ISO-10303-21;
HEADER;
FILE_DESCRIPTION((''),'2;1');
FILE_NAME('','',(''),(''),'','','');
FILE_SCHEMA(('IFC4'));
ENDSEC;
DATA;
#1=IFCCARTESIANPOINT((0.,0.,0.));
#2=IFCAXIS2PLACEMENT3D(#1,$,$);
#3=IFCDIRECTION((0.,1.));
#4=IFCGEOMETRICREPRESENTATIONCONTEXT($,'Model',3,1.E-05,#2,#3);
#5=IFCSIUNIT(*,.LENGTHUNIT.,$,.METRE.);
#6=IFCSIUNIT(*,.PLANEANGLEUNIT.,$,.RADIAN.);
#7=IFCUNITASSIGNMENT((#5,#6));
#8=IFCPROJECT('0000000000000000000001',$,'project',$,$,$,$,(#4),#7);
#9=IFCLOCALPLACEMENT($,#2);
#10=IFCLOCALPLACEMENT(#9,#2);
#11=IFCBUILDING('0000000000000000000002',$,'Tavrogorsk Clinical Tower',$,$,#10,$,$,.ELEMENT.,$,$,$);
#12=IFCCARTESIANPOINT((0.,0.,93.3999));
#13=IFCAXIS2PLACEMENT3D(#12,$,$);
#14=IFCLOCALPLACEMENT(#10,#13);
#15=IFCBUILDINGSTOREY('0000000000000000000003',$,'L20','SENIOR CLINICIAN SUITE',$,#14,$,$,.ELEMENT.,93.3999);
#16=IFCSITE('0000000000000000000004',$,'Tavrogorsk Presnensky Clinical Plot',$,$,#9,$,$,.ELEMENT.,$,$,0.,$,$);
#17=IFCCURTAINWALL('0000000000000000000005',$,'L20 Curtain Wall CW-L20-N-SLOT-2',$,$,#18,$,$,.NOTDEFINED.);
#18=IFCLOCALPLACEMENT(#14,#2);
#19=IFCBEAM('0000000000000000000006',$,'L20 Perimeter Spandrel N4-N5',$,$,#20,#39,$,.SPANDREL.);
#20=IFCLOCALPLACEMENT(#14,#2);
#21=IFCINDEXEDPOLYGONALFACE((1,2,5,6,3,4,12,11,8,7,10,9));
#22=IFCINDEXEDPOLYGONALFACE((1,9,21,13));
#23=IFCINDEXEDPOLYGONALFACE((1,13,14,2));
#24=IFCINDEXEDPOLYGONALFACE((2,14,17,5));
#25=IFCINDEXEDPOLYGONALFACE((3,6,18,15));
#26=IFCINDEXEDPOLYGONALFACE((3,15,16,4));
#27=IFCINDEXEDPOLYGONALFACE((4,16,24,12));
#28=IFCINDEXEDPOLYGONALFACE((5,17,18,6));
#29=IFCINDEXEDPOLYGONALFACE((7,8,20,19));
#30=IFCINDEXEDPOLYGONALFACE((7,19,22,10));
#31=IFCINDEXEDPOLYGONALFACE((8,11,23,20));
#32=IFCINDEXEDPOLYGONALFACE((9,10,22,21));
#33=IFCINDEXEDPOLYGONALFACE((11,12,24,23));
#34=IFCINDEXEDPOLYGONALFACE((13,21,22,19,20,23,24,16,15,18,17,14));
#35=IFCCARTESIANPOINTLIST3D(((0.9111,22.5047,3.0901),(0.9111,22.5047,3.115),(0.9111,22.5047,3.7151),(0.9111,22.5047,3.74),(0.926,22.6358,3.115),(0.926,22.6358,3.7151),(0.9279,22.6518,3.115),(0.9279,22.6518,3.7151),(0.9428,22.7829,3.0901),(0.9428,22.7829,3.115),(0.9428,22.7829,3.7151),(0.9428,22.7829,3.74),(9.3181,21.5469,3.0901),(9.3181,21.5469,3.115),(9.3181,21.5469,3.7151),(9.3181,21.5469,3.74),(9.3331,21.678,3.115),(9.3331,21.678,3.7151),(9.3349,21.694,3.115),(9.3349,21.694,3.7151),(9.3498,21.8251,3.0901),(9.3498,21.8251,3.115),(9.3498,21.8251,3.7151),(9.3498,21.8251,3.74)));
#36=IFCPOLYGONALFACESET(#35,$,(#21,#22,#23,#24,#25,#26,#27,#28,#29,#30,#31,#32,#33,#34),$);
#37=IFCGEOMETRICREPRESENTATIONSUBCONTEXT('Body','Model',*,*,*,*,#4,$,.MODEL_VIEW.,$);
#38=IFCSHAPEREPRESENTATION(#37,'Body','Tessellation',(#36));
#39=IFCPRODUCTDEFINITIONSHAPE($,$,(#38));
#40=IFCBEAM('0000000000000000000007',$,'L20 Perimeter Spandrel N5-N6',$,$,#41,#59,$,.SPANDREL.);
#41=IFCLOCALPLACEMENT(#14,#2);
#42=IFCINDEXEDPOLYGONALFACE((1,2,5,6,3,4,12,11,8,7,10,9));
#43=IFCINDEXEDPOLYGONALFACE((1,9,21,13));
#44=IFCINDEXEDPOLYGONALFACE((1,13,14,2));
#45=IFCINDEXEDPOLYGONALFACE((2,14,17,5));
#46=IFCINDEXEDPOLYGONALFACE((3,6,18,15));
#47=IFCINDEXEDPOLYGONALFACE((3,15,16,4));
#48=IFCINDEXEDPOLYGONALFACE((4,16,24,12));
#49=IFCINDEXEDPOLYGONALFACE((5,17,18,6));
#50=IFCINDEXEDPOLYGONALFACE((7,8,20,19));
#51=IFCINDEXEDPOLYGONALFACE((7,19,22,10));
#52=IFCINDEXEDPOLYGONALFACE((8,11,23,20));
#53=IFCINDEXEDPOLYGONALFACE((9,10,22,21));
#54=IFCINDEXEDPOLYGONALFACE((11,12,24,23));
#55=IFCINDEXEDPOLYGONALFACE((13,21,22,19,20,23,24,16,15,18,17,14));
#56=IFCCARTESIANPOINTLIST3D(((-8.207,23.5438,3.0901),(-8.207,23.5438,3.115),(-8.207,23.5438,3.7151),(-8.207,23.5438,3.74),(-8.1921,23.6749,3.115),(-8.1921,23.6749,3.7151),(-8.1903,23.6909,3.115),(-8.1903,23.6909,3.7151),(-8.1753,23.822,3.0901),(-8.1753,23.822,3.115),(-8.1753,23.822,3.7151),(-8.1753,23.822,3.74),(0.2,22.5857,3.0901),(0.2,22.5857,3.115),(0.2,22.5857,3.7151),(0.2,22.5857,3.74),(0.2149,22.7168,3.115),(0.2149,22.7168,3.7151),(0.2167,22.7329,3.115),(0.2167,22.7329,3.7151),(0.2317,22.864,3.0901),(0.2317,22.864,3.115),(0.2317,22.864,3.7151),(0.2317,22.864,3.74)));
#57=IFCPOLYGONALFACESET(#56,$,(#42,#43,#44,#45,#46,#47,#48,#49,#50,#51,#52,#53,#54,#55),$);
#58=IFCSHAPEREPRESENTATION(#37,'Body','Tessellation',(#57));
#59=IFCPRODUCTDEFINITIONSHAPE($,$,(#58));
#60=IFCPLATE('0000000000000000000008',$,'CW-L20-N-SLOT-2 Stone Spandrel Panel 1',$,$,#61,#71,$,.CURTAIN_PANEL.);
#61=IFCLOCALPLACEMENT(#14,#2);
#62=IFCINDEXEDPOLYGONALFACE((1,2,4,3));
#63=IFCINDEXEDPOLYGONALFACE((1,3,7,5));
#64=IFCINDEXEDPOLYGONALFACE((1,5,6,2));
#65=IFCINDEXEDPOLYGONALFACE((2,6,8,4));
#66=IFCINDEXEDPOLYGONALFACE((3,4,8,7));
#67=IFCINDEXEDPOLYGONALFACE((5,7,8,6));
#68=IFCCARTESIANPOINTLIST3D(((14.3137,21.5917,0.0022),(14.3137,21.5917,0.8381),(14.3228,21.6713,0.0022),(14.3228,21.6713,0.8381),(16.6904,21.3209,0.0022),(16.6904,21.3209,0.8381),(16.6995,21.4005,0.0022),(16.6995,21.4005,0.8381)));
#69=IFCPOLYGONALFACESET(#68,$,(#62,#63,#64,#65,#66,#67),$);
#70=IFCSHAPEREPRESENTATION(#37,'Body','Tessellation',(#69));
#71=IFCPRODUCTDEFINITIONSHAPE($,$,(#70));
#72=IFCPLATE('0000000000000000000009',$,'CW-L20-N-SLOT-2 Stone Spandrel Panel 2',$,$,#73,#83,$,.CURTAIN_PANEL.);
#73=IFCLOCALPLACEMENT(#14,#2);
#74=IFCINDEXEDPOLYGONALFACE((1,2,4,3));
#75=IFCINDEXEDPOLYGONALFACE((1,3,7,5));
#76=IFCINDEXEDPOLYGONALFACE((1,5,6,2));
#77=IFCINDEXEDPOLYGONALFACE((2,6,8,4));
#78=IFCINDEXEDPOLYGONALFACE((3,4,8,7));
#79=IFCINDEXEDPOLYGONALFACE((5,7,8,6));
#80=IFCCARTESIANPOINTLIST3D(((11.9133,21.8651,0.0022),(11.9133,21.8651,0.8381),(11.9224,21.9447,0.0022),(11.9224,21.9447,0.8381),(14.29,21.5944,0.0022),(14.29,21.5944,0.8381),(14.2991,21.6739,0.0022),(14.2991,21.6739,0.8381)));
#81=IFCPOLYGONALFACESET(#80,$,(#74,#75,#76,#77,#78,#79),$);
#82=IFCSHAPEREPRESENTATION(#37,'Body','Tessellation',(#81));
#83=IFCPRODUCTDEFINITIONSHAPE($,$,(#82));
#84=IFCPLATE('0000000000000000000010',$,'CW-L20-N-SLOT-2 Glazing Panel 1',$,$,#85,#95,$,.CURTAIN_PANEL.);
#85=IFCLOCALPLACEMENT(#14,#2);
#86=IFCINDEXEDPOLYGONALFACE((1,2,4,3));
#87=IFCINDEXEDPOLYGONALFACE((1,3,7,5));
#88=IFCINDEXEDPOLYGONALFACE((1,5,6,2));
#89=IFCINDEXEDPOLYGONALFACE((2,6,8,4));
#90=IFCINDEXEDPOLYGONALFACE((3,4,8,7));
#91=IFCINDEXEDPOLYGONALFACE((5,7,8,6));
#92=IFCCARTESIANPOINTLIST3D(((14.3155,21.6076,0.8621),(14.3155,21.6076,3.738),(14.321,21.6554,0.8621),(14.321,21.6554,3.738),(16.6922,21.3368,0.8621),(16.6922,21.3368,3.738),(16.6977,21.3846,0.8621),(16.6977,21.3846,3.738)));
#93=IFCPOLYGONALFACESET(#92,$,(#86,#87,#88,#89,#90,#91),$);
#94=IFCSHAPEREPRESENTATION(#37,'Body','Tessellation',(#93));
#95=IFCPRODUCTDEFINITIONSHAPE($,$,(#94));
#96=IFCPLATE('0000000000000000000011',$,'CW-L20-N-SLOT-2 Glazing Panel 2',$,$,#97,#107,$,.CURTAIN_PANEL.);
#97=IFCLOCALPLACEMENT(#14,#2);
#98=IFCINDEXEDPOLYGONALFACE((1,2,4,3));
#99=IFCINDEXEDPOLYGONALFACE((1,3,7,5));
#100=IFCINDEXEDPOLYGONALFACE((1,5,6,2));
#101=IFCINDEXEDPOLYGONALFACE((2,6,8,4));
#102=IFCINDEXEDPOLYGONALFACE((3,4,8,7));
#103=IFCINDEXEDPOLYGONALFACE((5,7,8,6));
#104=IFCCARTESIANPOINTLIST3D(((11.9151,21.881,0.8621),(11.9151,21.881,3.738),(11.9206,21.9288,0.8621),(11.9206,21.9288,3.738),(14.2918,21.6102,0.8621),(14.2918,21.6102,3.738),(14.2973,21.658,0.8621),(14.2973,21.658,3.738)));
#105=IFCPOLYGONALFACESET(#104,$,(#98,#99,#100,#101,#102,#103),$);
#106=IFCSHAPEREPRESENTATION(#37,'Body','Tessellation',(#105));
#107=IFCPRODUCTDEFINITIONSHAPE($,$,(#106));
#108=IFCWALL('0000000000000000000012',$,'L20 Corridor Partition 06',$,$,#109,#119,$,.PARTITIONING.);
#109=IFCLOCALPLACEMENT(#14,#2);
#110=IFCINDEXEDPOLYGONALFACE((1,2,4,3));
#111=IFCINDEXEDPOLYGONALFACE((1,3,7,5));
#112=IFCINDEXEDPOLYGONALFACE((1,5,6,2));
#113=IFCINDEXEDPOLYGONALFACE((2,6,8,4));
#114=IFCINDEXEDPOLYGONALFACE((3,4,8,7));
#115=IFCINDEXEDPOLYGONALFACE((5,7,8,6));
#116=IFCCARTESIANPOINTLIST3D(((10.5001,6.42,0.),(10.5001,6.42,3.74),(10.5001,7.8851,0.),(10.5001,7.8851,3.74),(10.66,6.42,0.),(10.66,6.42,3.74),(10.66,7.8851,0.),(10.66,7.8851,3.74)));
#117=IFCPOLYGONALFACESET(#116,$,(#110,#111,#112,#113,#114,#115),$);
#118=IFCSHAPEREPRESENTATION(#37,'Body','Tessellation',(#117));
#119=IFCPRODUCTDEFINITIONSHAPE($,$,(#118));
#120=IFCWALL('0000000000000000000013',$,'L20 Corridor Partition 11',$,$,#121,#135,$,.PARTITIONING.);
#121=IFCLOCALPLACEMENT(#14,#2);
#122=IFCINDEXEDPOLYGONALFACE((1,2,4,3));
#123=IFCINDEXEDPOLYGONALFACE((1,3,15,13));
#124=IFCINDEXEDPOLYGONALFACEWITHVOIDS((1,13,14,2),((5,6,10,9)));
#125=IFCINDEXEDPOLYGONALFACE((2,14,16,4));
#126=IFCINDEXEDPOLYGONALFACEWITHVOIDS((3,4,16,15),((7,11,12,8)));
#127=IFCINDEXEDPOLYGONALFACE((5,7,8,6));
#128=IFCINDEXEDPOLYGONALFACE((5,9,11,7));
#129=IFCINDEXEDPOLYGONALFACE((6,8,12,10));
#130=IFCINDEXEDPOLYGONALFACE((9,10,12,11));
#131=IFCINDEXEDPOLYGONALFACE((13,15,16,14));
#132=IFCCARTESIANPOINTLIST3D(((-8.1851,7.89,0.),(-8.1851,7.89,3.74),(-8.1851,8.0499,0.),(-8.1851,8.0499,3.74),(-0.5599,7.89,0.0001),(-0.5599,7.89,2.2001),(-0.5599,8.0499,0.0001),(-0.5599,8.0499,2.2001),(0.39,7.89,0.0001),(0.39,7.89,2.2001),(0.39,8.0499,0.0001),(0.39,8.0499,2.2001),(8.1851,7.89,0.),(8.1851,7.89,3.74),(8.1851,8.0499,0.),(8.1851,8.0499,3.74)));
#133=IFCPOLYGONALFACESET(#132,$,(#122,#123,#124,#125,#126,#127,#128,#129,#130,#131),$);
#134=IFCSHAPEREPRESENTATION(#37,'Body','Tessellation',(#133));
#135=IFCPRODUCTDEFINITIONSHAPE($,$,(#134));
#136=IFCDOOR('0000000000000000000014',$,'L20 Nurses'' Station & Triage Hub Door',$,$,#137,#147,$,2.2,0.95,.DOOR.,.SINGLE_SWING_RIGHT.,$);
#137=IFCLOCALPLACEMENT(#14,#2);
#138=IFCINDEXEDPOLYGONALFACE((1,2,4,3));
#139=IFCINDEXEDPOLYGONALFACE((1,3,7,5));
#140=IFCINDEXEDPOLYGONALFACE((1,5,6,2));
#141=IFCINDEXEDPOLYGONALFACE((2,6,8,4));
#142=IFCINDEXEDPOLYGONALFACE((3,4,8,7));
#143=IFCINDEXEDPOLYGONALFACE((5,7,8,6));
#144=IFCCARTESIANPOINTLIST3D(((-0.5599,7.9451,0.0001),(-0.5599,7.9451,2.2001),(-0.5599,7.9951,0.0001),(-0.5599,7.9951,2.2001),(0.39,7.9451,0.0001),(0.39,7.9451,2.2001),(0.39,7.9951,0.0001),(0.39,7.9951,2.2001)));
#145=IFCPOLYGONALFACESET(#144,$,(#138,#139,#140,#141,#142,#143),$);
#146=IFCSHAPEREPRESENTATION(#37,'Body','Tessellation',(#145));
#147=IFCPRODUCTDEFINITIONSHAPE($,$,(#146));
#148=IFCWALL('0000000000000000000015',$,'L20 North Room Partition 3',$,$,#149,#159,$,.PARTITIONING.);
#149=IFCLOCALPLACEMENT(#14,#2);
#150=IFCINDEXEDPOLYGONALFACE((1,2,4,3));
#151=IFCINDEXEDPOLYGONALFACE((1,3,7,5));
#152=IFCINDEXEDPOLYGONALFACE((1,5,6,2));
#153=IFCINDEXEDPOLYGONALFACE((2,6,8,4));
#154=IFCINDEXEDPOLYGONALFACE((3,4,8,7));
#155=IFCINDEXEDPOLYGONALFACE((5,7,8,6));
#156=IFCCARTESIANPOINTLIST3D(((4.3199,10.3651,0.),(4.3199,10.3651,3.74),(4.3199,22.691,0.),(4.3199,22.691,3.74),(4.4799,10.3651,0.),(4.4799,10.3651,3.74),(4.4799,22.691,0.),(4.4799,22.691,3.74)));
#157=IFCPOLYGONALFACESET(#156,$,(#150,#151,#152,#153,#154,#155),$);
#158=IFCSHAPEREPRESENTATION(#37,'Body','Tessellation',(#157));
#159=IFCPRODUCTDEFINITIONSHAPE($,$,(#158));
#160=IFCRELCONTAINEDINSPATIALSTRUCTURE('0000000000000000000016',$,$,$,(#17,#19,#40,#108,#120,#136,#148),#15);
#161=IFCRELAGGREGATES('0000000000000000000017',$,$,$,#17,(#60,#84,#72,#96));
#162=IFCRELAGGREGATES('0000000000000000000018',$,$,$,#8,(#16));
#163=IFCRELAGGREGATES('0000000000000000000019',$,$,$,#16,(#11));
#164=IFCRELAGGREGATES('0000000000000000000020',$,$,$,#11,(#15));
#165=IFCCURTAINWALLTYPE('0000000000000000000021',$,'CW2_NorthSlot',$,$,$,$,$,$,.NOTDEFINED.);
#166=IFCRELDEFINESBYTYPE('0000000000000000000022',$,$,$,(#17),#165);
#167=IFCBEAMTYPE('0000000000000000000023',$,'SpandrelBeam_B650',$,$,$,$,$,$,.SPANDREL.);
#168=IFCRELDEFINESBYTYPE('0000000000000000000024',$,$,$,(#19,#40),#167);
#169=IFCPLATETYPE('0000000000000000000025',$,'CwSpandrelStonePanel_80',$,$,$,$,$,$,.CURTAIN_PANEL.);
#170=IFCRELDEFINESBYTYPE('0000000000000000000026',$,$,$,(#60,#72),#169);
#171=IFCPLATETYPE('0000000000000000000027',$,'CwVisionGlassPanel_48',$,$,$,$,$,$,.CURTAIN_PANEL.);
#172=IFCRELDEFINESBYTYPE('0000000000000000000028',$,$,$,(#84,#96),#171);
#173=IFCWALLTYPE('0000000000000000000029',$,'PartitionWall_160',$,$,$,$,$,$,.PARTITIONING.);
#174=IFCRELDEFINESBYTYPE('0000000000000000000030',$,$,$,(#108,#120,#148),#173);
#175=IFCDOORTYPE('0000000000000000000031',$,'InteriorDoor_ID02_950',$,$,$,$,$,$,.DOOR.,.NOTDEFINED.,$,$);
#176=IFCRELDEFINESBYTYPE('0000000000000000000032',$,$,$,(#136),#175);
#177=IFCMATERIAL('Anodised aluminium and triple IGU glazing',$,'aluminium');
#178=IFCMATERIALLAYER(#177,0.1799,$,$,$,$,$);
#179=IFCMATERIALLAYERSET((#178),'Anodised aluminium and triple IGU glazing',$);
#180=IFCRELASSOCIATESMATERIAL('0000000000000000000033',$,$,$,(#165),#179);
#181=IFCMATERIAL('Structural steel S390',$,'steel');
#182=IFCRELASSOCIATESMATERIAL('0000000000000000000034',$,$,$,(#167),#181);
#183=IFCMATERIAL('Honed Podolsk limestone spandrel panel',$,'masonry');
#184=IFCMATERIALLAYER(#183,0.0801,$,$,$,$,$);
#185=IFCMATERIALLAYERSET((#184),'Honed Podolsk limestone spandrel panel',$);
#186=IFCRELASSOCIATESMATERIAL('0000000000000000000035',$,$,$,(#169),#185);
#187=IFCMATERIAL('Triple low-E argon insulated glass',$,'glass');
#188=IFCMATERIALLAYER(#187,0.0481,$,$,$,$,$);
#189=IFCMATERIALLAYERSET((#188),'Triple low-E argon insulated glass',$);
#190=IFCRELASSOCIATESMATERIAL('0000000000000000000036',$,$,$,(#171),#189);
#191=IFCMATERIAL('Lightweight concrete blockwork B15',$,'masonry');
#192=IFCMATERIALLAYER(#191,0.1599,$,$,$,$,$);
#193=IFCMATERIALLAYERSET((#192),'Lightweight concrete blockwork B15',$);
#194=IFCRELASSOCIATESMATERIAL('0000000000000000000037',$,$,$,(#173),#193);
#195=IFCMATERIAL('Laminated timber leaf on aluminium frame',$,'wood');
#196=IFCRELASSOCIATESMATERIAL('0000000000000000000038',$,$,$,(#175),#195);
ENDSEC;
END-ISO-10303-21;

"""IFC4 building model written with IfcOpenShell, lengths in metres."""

from ifc_helpers import new_model, si_unit, direction, frame, frame_2d, origin, origin_2d, place, context, subcontext, project, spatial, rectangle, i_section, extrude, material, layer, layer_set, material_profile, profile_set, type_object, element, fill, aggregate, save


model = new_model("IFC4")

# Units and contexts
model_context = context("Model", 3, precision=1e-05, world=origin(), true_north=direction((0.0, 1.0)))
body_context = subcontext(model_context, "Body", "Model", "MODEL_VIEW")
ifc_project = project(units=[si_unit("LENGTHUNIT", "METRE"), si_unit("PLANEANGLEUNIT", "RADIAN")], contexts=[model_context])

# Site, building, storey
site_placement = place(None, origin())
site = spatial("IfcSite", under=ifc_project, at=site_placement, Name="Tavrogorsk Presnensky Clinical Plot", CompositionType="ELEMENT", RefElevation=0.0)
building_placement = place(site_placement, origin())
building = spatial("IfcBuilding", under=site, at=building_placement, Name="Tavrogorsk Clinical Tower", CompositionType="ELEMENT")
storey_placement = place(building_placement, frame((0.0, 0.0, 93.3999)))
storey = spatial("IfcBuildingStorey", under=building, at=storey_placement, Name="L20", Description="SENIOR CLINICIAN SUITE", CompositionType="ELEMENT", Elevation=93.3999)

# Curtain wall
ifc_material_1 = material(Name="Anodised aluminium and triple IGU glazing", Category="aluminium")
ifc_layer_1 = layer(ifc_material_1, 0.1799)
ifc_layer_set_1 = layer_set([ifc_layer_1], Name="Anodised aluminium and triple IGU glazing")
curtain_wall_type = type_object("IfcCurtainWallType", Name="CW2_NorthSlot", PredefinedType="NOTDEFINED", material=ifc_layer_set_1)
curtain_wall_1_placement = place(storey_placement, origin())
curtain_wall_1 = element("IfcCurtainWall", 1, at=curtain_wall_1_placement, inside=storey, type_object=curtain_wall_type, Name="L20 Curtain Wall CW-L20-N-SLOT-2", PredefinedType="NOTDEFINED")

# Beams
ifc_material_2 = material(Name="Structural steel S390", Category="steel")
ifc_material_profile_1 = material_profile(ifc_material_2, i_section(OverallWidth=0.28, OverallDepth=0.6499, WebThickness=0.0161, FlangeThickness=0.0249, at=origin_2d()), Name="B-650x280x16x25")
ifc_profile_set_1 = profile_set([ifc_material_profile_1], Name="Structural steel S390")
beam_type_1 = type_object("IfcBeamType", Name="SpandrelBeam_B650", PredefinedType="SPANDREL", material=ifc_profile_set_1)
for number, where, z_axis, x_axis, name in (
    (2, (9.334, 21.686, 3.415), (-0.993573, 0.113193, 0.0), (-0.113193, -0.993573, 0.0), "L20 Perimeter Spandrel N4-N5"),
    (3, (0.2158, 22.7249, 3.415), (-0.99357, 0.113221, 0.0), (-0.113221, -0.99357, 0.0), "L20 Perimeter Spandrel N5-N6"),
):
    element("IfcBeam", number, at=place(storey_placement, frame(where, z_axis=z_axis, x_axis=x_axis)), inside=storey, type_object=beam_type_1, Name=name, PredefinedType="SPANDREL", context=body_context, shape_type="SweptSolid", body=[
        extrude(i_section(OverallWidth=0.28, OverallDepth=0.6499, WebThickness=0.0161, FlangeThickness=0.0249, at=origin_2d()), origin(), (0.0, 0.0, 1.0), 8.4614),
    ])

# Plates
ifc_material_3 = material(Name="Honed Podolsk limestone spandrel panel", Category="masonry")
ifc_layer_2 = layer(ifc_material_3, 0.0801)
ifc_layer_set_2 = layer_set([ifc_layer_2], Name="Honed Podolsk limestone spandrel panel")
plate_type_1 = type_object("IfcPlateType", Name="CwSpandrelStonePanel_80", PredefinedType="CURTAIN_PANEL", material=ifc_layer_set_2)
plate_1_placement = place(storey_placement, frame((15.5066, 21.4961, 0.0022), z_axis=(0.0, 0.0, 1.0), x_axis=(-0.993572, 0.113203, 0.0)))
plate_1 = element("IfcPlate", 4, at=plate_1_placement, type_object=plate_type_1, Name="CW-L20-N-SLOT-2 Stone Spandrel Panel 1", PredefinedType="CURTAIN_PANEL", context=body_context, shape_type="SweptSolid", body=[
    extrude(rectangle(XDim=2.3921, YDim=0.0801, at=origin_2d()), origin(), (0.0, 0.0, 1.0), 0.8359),
])
plate_2_placement = place(storey_placement, frame((13.1062, 21.7695, 0.0022), z_axis=(0.0, 0.0, 1.0), x_axis=(-0.993572, 0.113203, 0.0)))
plate_2 = element("IfcPlate", 5, at=plate_2_placement, type_object=plate_type_1, Name="CW-L20-N-SLOT-2 Stone Spandrel Panel 2", PredefinedType="CURTAIN_PANEL", context=body_context, shape_type="SweptSolid", body=[
    extrude(rectangle(XDim=2.3921, YDim=0.0801, at=origin_2d()), origin(), (0.0, 0.0, 1.0), 0.8359),
])
ifc_material_4 = material(Name="Triple low-E argon insulated glass", Category="glass")
ifc_layer_3 = layer(ifc_material_4, 0.0481)
ifc_layer_set_3 = layer_set([ifc_layer_3], Name="Triple low-E argon insulated glass")
plate_type_2 = type_object("IfcPlateType", Name="CwVisionGlassPanel_48", PredefinedType="CURTAIN_PANEL", material=ifc_layer_set_3)
plate_3_placement = place(storey_placement, frame((15.5066, 21.4961, 0.8621), z_axis=(0.0, 0.0, 1.0), x_axis=(-0.993572, 0.113203, 0.0)))
plate_3 = element("IfcPlate", 6, at=plate_3_placement, type_object=plate_type_2, Name="CW-L20-N-SLOT-2 Glazing Panel 1", PredefinedType="CURTAIN_PANEL", context=body_context, shape_type="SweptSolid", body=[
    extrude(rectangle(XDim=2.3921, YDim=0.0481, at=origin_2d()), origin(), (0.0, 0.0, 1.0), 2.876),
])
plate_4_placement = place(storey_placement, frame((13.1062, 21.7695, 0.8621), z_axis=(0.0, 0.0, 1.0), x_axis=(-0.993572, 0.113203, 0.0)))
plate_4 = element("IfcPlate", 7, at=plate_4_placement, type_object=plate_type_2, Name="CW-L20-N-SLOT-2 Glazing Panel 2", PredefinedType="CURTAIN_PANEL", context=body_context, shape_type="SweptSolid", body=[
    extrude(rectangle(XDim=2.3921, YDim=0.0481, at=origin_2d()), origin(), (0.0, 0.0, 1.0), 2.876),
])
aggregate(curtain_wall_1, [plate_1, plate_3, plate_2, plate_4])

# Wall
ifc_material_5 = material(Name="Lightweight concrete blockwork B15", Category="masonry")
ifc_layer_4 = layer(ifc_material_5, 0.1599)
ifc_layer_set_4 = layer_set([ifc_layer_4], Name="Lightweight concrete blockwork B15")
wall_type_1 = type_object("IfcWallType", Name="PartitionWall_160", PredefinedType="PARTITIONING", material=ifc_layer_set_4)
wall_1_placement = place(storey_placement, frame((10.5801, 7.885, 0.0), z_axis=(0.0, 0.0, 1.0), x_axis=(0.0, -1.0, 0.0)))
element("IfcWall", 8, at=wall_1_placement, inside=storey, type_object=wall_type_1, Name="L20 Corridor Partition 06", PredefinedType="PARTITIONING", context=body_context, shape_type="SweptSolid", body=[
    extrude(rectangle(XDim=1.4651, YDim=0.1599, at=frame_2d((0.7324, 0.0))), origin(), (0.0, 0.0, 1.0), 3.74),
])

# Wall, opening, door
wall_2_placement = place(storey_placement, frame((8.1851, 7.97, 0.0), z_axis=(0.0, 0.0, 1.0), x_axis=(-1.0, 0.0, 0.0)))
wall_2 = element("IfcWall", 9, at=wall_2_placement, inside=storey, type_object=wall_type_1, Name="L20 Corridor Partition 11", PredefinedType="PARTITIONING", context=body_context, shape_type="SweptSolid", body=[
    extrude(rectangle(XDim=16.3701, YDim=0.1599, at=frame_2d((8.1851, 0.0))), origin(), (0.0, 0.0, 1.0), 3.74),
])
opening_1_placement = place(wall_2_placement, frame((7.7949, 0.0, 0.0)))
opening_1 = element("IfcOpeningElement", 10, at=opening_1_placement, cuts=wall_2, PredefinedType="OPENING", context=body_context, shape_type="SweptSolid", body=[
    extrude(rectangle(XDim=0.95, YDim=2.2, at=frame_2d((0.4751, 1.1001))), frame((0.0, 0.0898, 0.0), z_axis=(0.0, -1.0, 0.0), x_axis=(1.0, 0.0, 0.0)), (0.0, 0.0, 1.0), 0.1799),
])
ifc_material_6 = material(Name="Laminated timber leaf on aluminium frame", Category="wood")
door_type = type_object("IfcDoorType", Name="InteriorDoor_ID02_950", OperationType="NOTDEFINED", PredefinedType="DOOR", material=ifc_material_6)
door_placement = place(opening_1_placement, origin())
door = element("IfcDoor", 11, at=door_placement, inside=storey, type_object=door_type, Name="L20 Nurses' Station & Triage Hub Door", OperationType="SINGLE_SWING_RIGHT", OverallHeight=2.2, OverallWidth=0.95, PredefinedType="DOOR", context=body_context, shape_type="SweptSolid", body=[
    extrude(rectangle(XDim=0.95, YDim=2.2, at=frame_2d((0.4751, 1.1001))), frame((0.0, 0.0249, 0.0), z_axis=(0.0, -1.0, 0.0), x_axis=(1.0, 0.0, 0.0)), (0.0, 0.0, 1.0), 0.05),
])
fill(opening_1, door)

# Wall
wall_3_placement = place(storey_placement, frame((4.3999, 10.365, 0.0), z_axis=(0.0, 0.0, 1.0), x_axis=(0.0, 1.0, 0.0)))
element("IfcWall", 12, at=wall_3_placement, inside=storey, type_object=wall_type_1, Name="L20 North Room Partition 3", PredefinedType="PARTITIONING", context=body_context, shape_type="SweptSolid", body=[
    extrude(rectangle(XDim=12.3259, YDim=0.1599, at=frame_2d((6.1631, 0.0))), origin(), (0.0, 0.0, 1.0), 3.74),
])

save(model, "model.ifc")
